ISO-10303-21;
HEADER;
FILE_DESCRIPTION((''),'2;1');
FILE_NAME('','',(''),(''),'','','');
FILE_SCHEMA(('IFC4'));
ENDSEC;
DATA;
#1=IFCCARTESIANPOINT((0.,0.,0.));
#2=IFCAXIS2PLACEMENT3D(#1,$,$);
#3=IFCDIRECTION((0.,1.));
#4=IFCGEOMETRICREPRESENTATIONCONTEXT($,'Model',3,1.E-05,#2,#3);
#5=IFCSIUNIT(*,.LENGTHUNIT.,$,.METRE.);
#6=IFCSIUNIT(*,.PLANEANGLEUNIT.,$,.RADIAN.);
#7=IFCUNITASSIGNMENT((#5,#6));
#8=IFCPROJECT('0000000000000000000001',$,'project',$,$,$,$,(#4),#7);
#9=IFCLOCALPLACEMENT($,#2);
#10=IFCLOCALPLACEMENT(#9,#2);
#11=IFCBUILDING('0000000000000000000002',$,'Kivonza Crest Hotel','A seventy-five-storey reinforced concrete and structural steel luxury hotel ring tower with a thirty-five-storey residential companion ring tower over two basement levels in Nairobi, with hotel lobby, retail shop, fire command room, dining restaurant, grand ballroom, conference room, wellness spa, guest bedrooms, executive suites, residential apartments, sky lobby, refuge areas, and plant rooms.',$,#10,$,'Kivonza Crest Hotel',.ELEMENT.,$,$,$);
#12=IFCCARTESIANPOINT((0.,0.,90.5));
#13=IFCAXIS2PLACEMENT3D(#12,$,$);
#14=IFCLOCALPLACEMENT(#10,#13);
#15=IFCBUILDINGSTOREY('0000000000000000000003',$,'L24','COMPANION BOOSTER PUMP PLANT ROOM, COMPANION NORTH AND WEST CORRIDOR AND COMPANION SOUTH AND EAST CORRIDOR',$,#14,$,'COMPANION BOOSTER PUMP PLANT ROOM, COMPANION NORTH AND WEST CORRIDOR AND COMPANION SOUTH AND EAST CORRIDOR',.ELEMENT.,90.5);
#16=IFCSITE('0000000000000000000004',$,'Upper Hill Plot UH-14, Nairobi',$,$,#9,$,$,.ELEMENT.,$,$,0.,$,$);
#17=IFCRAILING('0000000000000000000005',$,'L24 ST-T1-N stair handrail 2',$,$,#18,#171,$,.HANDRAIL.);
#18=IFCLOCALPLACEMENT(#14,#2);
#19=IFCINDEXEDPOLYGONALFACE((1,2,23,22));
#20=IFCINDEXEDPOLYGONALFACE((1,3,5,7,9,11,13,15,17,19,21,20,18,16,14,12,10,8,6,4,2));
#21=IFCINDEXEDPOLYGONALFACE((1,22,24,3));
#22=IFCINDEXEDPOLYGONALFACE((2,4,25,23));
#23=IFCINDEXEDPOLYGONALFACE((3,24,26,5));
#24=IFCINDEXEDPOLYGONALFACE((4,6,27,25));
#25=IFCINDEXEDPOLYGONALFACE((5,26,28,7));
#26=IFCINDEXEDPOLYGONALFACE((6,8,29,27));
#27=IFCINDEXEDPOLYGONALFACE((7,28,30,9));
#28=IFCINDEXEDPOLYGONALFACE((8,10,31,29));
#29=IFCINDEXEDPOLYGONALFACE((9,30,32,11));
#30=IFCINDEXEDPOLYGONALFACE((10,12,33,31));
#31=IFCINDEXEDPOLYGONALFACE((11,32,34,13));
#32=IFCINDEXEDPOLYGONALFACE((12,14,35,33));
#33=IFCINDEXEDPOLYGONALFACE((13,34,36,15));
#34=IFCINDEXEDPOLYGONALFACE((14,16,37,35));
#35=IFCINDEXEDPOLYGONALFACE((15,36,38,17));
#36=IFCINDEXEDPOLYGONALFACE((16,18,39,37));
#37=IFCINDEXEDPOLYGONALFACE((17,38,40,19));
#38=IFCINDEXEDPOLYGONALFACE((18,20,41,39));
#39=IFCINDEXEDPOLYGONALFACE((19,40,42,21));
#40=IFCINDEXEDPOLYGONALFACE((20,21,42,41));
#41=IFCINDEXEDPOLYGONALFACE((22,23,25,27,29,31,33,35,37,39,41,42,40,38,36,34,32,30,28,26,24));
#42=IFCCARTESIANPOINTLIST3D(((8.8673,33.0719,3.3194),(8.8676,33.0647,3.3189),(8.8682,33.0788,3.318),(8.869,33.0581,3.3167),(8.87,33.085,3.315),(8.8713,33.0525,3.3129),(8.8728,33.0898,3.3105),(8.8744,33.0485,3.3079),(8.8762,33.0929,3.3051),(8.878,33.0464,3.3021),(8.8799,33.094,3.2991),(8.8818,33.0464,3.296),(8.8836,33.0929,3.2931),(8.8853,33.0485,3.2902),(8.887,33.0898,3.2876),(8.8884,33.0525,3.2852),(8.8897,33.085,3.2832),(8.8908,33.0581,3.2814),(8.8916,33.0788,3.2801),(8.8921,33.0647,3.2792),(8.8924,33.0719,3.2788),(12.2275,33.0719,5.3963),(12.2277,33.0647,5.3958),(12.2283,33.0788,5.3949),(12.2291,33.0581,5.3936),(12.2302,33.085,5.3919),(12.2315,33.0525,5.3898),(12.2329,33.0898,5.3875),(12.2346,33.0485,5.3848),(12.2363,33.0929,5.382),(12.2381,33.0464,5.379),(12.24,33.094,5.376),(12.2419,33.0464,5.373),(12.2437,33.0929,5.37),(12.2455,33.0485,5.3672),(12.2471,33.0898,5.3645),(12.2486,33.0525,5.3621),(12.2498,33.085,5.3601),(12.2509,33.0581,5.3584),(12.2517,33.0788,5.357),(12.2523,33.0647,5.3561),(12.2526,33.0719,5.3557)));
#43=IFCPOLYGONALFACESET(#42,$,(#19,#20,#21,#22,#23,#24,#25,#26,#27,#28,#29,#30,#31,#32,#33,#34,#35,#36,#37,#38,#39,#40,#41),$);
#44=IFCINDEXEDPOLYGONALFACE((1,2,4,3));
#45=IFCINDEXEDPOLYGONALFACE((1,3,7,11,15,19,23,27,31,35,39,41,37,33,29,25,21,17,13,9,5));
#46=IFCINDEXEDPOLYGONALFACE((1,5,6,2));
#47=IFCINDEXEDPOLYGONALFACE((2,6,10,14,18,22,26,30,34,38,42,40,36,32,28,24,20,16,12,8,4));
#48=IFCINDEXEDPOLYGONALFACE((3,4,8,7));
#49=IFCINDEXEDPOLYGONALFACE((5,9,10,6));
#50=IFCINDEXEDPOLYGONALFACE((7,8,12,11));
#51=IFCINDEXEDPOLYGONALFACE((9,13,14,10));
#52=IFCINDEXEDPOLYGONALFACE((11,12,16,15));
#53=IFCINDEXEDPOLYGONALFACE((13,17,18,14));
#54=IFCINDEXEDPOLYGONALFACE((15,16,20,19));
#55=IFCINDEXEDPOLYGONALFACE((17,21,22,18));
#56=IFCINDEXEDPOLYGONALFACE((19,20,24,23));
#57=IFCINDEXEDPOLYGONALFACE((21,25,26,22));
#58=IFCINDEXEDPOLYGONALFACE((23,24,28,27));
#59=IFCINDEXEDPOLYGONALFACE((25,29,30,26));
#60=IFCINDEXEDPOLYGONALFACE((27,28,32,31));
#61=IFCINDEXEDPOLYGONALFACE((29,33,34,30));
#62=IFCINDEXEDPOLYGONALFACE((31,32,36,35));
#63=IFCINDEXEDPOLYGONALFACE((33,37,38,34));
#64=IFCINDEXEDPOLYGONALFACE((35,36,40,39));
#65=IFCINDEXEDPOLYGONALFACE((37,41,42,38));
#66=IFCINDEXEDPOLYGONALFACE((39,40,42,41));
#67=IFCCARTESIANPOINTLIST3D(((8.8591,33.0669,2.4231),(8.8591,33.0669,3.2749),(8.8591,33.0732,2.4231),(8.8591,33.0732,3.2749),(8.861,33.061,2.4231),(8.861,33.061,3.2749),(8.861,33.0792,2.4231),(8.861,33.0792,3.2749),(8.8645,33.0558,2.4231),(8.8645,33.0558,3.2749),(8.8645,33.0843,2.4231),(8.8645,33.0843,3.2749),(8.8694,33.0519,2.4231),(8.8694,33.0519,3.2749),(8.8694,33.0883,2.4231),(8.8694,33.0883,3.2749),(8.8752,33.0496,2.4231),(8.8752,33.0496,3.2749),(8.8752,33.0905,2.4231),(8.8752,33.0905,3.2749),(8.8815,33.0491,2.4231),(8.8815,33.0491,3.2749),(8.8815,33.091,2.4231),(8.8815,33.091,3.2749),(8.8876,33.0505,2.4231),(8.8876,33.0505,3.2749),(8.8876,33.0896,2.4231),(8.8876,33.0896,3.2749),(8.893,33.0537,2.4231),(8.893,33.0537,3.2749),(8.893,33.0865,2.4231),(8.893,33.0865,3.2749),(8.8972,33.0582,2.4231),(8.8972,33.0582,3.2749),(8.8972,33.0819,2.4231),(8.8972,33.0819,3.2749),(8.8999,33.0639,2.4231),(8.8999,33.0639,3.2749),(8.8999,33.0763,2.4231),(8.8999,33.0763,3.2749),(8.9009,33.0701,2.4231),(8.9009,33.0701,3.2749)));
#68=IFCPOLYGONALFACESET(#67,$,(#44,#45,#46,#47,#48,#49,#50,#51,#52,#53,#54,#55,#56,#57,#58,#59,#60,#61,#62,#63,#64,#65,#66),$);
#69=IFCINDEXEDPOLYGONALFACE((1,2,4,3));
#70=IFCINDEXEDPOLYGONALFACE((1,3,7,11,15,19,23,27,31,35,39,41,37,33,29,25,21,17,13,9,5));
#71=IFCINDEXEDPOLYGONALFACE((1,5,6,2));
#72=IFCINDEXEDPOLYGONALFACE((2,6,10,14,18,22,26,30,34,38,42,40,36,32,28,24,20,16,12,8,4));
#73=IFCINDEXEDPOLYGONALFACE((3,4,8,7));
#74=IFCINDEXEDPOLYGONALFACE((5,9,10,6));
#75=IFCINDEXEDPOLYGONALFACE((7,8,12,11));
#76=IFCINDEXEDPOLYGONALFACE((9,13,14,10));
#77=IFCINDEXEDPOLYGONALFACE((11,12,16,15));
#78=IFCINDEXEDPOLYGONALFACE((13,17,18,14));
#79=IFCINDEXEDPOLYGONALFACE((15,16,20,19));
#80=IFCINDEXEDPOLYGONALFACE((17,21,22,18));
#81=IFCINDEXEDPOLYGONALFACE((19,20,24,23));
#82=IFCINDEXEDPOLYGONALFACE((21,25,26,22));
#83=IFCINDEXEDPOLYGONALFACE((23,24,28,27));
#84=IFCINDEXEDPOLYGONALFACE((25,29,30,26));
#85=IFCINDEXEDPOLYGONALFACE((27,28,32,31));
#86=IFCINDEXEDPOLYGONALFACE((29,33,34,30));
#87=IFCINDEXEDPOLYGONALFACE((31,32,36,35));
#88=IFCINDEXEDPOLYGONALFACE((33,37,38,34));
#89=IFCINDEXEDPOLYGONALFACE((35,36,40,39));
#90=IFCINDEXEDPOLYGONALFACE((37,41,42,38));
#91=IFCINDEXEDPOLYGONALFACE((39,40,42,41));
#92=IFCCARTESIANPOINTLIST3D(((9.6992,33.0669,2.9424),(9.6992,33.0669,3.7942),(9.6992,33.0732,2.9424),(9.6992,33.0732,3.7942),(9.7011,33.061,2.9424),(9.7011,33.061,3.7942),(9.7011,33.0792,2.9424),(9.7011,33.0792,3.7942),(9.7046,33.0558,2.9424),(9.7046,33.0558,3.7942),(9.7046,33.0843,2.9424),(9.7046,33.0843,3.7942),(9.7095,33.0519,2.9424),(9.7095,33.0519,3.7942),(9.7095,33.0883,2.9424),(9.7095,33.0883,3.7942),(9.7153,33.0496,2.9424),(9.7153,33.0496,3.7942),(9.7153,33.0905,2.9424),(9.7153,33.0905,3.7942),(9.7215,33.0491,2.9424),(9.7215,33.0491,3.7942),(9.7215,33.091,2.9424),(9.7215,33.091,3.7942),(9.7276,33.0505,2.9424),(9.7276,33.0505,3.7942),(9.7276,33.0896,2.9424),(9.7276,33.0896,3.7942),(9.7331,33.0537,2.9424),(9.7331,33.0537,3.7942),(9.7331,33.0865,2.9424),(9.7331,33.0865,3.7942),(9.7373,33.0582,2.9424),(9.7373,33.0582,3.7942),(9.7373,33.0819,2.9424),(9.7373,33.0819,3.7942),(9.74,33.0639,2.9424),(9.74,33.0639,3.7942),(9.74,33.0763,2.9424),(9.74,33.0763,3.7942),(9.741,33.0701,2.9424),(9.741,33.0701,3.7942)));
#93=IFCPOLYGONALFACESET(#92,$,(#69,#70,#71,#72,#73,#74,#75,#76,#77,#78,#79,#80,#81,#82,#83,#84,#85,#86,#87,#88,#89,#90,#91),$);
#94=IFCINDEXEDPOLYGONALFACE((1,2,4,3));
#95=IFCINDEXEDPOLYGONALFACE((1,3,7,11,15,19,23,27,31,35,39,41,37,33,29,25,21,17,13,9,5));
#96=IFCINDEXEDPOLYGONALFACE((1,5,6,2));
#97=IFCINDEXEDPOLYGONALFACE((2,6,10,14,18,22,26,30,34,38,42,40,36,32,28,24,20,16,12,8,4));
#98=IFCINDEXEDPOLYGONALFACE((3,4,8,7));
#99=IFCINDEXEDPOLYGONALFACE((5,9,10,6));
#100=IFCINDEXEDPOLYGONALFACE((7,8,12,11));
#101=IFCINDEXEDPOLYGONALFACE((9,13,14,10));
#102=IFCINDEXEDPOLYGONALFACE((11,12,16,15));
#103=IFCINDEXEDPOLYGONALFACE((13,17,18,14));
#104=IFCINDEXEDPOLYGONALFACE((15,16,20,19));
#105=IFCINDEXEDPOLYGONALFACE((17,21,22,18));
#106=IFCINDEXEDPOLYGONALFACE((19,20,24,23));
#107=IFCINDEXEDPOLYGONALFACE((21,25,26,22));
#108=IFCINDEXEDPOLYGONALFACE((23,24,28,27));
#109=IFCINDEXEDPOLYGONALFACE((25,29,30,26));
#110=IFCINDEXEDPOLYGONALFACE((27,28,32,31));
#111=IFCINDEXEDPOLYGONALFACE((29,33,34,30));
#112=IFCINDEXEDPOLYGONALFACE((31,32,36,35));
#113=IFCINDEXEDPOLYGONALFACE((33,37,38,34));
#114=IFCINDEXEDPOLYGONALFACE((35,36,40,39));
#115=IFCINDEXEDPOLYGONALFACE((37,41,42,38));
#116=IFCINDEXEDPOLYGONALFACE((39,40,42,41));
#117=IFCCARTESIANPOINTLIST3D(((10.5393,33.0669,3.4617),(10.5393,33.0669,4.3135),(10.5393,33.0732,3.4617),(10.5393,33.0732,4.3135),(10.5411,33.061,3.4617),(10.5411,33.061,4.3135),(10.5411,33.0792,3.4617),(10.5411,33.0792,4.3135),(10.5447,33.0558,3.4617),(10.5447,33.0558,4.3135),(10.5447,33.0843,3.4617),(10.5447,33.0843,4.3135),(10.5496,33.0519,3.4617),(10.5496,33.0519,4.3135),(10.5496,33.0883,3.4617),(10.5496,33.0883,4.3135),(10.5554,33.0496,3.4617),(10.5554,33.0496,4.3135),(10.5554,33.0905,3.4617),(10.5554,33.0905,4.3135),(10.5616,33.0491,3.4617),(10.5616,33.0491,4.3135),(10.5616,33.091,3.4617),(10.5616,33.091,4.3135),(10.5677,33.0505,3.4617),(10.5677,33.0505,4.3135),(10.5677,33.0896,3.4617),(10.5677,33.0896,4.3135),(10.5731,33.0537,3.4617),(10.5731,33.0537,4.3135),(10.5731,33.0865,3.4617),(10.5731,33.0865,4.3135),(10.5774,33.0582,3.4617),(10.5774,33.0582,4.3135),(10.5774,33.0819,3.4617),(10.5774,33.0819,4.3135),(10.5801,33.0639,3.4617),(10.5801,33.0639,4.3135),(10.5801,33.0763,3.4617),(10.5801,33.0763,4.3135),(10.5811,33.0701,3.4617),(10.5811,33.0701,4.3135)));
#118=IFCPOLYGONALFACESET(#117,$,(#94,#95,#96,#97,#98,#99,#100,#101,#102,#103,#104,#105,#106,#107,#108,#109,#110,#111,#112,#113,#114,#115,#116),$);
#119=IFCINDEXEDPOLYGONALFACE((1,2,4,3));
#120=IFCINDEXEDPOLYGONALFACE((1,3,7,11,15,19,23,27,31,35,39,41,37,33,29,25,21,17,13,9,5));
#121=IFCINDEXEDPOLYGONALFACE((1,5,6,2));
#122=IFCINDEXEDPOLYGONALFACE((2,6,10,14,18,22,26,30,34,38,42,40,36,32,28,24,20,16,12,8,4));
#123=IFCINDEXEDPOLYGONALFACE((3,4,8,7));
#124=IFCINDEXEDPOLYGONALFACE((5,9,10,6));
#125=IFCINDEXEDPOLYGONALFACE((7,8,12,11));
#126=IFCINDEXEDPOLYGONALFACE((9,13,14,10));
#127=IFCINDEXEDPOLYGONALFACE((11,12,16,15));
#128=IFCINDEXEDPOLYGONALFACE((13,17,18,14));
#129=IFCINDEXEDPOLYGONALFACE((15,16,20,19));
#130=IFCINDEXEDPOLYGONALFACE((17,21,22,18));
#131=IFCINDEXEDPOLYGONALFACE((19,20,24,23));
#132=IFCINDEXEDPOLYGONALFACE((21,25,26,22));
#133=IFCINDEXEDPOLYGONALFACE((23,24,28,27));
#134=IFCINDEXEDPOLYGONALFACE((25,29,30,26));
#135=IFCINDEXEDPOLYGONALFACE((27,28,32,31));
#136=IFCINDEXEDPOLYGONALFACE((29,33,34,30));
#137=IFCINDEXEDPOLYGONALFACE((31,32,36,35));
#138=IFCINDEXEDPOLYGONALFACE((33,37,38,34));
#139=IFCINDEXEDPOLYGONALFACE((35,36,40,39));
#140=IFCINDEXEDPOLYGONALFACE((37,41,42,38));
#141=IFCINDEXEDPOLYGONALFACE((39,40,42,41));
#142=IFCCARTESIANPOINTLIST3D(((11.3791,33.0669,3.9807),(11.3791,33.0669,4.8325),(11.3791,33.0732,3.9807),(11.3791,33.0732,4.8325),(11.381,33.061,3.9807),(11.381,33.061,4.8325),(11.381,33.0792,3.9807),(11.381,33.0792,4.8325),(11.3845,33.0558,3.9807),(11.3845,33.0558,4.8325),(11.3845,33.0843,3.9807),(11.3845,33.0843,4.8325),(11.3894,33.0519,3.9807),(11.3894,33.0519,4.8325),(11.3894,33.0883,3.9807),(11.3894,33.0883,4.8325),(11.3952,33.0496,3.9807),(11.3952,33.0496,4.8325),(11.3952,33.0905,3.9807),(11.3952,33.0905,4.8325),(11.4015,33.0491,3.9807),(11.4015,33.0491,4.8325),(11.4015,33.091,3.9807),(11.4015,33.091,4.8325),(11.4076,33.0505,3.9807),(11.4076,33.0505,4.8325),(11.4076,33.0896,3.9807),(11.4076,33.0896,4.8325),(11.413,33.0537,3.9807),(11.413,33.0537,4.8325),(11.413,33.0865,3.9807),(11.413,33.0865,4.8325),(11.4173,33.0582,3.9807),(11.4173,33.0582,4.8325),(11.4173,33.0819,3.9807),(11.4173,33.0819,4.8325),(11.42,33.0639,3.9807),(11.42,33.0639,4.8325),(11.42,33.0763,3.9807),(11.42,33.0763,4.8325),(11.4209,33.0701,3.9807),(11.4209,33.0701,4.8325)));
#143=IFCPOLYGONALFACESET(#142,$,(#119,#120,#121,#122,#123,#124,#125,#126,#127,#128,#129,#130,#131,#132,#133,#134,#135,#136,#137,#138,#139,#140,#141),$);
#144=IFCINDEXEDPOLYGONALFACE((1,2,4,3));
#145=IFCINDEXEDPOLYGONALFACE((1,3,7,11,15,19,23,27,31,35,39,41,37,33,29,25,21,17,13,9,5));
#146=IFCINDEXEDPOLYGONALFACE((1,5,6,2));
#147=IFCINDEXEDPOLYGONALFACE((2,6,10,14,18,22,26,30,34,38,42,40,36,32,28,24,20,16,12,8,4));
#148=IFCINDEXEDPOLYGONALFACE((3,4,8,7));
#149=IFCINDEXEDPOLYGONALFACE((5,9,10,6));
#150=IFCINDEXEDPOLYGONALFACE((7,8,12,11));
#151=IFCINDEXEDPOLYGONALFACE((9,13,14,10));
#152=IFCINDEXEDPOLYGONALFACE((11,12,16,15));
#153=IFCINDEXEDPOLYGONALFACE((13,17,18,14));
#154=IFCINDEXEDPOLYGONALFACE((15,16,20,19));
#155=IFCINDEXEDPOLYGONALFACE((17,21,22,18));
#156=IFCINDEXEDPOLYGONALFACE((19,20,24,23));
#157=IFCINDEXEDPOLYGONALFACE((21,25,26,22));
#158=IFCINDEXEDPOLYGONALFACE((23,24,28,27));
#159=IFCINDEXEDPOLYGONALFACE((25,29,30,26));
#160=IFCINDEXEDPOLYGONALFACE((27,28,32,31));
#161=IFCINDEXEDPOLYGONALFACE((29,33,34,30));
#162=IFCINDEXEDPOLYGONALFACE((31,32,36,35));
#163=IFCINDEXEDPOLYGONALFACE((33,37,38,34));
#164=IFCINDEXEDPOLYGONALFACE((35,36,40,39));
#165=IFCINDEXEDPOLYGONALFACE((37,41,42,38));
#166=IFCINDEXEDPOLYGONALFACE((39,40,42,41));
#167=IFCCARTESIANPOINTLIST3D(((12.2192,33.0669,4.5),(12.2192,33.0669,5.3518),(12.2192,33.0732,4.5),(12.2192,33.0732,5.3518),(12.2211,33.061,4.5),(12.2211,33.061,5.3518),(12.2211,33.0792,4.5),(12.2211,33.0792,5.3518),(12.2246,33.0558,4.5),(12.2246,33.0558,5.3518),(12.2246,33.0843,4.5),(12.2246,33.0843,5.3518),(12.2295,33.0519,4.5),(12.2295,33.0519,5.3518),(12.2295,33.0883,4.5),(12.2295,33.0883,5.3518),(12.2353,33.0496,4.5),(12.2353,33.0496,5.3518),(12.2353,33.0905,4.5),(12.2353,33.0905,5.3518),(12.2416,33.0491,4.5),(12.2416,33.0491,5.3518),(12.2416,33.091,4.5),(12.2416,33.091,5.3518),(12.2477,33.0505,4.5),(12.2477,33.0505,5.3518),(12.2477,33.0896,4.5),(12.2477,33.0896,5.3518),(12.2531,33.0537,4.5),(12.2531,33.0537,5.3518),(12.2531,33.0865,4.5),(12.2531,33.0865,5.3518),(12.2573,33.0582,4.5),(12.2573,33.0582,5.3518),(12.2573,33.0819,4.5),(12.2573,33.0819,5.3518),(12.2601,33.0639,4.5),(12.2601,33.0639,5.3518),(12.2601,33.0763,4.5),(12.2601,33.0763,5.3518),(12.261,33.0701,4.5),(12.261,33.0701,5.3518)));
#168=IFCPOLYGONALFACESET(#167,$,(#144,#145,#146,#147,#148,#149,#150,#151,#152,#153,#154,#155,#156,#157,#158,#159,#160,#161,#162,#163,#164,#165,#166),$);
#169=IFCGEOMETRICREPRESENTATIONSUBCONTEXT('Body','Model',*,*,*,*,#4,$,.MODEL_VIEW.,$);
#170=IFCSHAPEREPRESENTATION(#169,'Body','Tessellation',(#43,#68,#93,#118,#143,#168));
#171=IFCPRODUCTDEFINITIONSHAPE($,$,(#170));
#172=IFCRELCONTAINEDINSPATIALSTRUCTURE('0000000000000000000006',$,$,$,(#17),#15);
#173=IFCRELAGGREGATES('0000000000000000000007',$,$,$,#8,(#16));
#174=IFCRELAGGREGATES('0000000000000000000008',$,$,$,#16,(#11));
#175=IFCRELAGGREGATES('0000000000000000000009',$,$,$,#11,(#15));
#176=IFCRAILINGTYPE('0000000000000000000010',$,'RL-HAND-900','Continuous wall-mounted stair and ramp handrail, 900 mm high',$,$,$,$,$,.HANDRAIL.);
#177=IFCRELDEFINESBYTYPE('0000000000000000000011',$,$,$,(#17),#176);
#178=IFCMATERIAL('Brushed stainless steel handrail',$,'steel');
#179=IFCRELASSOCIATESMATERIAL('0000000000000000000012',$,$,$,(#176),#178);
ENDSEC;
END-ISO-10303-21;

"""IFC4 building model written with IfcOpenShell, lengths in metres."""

from ifc_helpers import new_model, si_unit, direction, frame, origin, origin_2d, place, context, subcontext, project, spatial, circle, extrude, material, type_object, element, save


model = new_model("IFC4")

# Units and contexts
model_context = context("Model", 3, precision=1e-05, world=origin(), true_north=direction((0.0, 1.0)))
body_context = subcontext(model_context, "Body", "Model", "MODEL_VIEW")
ifc_project = project(units=[si_unit("LENGTHUNIT", "METRE"), si_unit("PLANEANGLEUNIT", "RADIAN")], contexts=[model_context])

# Site, building, storey
site_placement = place(None, origin())
site = spatial("IfcSite", under=ifc_project, at=site_placement, Name="Upper Hill Plot UH-14, Nairobi", CompositionType="ELEMENT", RefElevation=0.0)
building_placement = place(site_placement, origin())
building = spatial("IfcBuilding", under=site, at=building_placement, Name="Kivonza Crest Hotel", Description="A seventy-five-storey reinforced concrete and structural steel luxury hotel ring tower with a thirty-five-storey residential companion ring tower over two basement levels in Nairobi, with hotel lobby, retail shop, fire command room, dining restaurant, grand ballroom, conference room, wellness spa, guest bedrooms, executive suites, residential apartments, sky lobby, refuge areas, and plant rooms.", LongName="Kivonza Crest Hotel", CompositionType="ELEMENT")
storey_placement = place(building_placement, frame((0.0, 0.0, 90.5)))
storey = spatial("IfcBuildingStorey", under=building, at=storey_placement, Name="L24", Description="COMPANION BOOSTER PUMP PLANT ROOM, COMPANION NORTH AND WEST CORRIDOR AND COMPANION SOUTH AND EAST CORRIDOR", LongName="COMPANION BOOSTER PUMP PLANT ROOM, COMPANION NORTH AND WEST CORRIDOR AND COMPANION SOUTH AND EAST CORRIDOR", CompositionType="ELEMENT", Elevation=90.5)

# Railing
ifc_material_1 = material(Name="Brushed stainless steel handrail", Category="steel")
railing_type_1 = type_object("IfcRailingType", Name="RL-HAND-900", Description="Continuous wall-mounted stair and ramp handrail, 900 mm high", PredefinedType="HANDRAIL", material=ifc_material_1)
railing_1_placement = place(storey_placement, frame((8.8799, 33.0701, 2.4231)))
element("IfcRailing", 1, at=railing_1_placement, inside=storey, type_object=railing_type_1, Name="L24 ST-T1-N stair handrail 2", PredefinedType="HANDRAIL", context=body_context, shape_type="SweptSolid", body=[
    extrude(circle(Radius=0.0239, at=origin_2d()), frame((0.0, 0.0, 0.876), z_axis=(0.850623, 0.0, 0.525776), x_axis=(0.0, 1.0, 0.0)), (0.0, 0.0, 1.0), 3.9502),
    extrude(circle(Radius=0.021, at=origin_2d()), origin(), (0.0, 0.0, 1.0), 0.8518),
    extrude(circle(Radius=0.021, at=origin_2d()), frame((0.8401, 0.0, 0.5193)), (0.0, 0.0, 1.0), 0.8518),
    extrude(circle(Radius=0.021, at=origin_2d()), frame((1.6802, 0.0, 1.0386)), (0.0, 0.0, 1.0), 0.8518),
    extrude(circle(Radius=0.021, at=origin_2d()), frame((2.52, 0.0, 1.5576)), (0.0, 0.0, 1.0), 0.8518),
    extrude(circle(Radius=0.021, at=origin_2d()), frame((3.3601, 0.0, 2.0769)), (0.0, 0.0, 1.0), 0.8518),
])

save(model, "model.ifc")
